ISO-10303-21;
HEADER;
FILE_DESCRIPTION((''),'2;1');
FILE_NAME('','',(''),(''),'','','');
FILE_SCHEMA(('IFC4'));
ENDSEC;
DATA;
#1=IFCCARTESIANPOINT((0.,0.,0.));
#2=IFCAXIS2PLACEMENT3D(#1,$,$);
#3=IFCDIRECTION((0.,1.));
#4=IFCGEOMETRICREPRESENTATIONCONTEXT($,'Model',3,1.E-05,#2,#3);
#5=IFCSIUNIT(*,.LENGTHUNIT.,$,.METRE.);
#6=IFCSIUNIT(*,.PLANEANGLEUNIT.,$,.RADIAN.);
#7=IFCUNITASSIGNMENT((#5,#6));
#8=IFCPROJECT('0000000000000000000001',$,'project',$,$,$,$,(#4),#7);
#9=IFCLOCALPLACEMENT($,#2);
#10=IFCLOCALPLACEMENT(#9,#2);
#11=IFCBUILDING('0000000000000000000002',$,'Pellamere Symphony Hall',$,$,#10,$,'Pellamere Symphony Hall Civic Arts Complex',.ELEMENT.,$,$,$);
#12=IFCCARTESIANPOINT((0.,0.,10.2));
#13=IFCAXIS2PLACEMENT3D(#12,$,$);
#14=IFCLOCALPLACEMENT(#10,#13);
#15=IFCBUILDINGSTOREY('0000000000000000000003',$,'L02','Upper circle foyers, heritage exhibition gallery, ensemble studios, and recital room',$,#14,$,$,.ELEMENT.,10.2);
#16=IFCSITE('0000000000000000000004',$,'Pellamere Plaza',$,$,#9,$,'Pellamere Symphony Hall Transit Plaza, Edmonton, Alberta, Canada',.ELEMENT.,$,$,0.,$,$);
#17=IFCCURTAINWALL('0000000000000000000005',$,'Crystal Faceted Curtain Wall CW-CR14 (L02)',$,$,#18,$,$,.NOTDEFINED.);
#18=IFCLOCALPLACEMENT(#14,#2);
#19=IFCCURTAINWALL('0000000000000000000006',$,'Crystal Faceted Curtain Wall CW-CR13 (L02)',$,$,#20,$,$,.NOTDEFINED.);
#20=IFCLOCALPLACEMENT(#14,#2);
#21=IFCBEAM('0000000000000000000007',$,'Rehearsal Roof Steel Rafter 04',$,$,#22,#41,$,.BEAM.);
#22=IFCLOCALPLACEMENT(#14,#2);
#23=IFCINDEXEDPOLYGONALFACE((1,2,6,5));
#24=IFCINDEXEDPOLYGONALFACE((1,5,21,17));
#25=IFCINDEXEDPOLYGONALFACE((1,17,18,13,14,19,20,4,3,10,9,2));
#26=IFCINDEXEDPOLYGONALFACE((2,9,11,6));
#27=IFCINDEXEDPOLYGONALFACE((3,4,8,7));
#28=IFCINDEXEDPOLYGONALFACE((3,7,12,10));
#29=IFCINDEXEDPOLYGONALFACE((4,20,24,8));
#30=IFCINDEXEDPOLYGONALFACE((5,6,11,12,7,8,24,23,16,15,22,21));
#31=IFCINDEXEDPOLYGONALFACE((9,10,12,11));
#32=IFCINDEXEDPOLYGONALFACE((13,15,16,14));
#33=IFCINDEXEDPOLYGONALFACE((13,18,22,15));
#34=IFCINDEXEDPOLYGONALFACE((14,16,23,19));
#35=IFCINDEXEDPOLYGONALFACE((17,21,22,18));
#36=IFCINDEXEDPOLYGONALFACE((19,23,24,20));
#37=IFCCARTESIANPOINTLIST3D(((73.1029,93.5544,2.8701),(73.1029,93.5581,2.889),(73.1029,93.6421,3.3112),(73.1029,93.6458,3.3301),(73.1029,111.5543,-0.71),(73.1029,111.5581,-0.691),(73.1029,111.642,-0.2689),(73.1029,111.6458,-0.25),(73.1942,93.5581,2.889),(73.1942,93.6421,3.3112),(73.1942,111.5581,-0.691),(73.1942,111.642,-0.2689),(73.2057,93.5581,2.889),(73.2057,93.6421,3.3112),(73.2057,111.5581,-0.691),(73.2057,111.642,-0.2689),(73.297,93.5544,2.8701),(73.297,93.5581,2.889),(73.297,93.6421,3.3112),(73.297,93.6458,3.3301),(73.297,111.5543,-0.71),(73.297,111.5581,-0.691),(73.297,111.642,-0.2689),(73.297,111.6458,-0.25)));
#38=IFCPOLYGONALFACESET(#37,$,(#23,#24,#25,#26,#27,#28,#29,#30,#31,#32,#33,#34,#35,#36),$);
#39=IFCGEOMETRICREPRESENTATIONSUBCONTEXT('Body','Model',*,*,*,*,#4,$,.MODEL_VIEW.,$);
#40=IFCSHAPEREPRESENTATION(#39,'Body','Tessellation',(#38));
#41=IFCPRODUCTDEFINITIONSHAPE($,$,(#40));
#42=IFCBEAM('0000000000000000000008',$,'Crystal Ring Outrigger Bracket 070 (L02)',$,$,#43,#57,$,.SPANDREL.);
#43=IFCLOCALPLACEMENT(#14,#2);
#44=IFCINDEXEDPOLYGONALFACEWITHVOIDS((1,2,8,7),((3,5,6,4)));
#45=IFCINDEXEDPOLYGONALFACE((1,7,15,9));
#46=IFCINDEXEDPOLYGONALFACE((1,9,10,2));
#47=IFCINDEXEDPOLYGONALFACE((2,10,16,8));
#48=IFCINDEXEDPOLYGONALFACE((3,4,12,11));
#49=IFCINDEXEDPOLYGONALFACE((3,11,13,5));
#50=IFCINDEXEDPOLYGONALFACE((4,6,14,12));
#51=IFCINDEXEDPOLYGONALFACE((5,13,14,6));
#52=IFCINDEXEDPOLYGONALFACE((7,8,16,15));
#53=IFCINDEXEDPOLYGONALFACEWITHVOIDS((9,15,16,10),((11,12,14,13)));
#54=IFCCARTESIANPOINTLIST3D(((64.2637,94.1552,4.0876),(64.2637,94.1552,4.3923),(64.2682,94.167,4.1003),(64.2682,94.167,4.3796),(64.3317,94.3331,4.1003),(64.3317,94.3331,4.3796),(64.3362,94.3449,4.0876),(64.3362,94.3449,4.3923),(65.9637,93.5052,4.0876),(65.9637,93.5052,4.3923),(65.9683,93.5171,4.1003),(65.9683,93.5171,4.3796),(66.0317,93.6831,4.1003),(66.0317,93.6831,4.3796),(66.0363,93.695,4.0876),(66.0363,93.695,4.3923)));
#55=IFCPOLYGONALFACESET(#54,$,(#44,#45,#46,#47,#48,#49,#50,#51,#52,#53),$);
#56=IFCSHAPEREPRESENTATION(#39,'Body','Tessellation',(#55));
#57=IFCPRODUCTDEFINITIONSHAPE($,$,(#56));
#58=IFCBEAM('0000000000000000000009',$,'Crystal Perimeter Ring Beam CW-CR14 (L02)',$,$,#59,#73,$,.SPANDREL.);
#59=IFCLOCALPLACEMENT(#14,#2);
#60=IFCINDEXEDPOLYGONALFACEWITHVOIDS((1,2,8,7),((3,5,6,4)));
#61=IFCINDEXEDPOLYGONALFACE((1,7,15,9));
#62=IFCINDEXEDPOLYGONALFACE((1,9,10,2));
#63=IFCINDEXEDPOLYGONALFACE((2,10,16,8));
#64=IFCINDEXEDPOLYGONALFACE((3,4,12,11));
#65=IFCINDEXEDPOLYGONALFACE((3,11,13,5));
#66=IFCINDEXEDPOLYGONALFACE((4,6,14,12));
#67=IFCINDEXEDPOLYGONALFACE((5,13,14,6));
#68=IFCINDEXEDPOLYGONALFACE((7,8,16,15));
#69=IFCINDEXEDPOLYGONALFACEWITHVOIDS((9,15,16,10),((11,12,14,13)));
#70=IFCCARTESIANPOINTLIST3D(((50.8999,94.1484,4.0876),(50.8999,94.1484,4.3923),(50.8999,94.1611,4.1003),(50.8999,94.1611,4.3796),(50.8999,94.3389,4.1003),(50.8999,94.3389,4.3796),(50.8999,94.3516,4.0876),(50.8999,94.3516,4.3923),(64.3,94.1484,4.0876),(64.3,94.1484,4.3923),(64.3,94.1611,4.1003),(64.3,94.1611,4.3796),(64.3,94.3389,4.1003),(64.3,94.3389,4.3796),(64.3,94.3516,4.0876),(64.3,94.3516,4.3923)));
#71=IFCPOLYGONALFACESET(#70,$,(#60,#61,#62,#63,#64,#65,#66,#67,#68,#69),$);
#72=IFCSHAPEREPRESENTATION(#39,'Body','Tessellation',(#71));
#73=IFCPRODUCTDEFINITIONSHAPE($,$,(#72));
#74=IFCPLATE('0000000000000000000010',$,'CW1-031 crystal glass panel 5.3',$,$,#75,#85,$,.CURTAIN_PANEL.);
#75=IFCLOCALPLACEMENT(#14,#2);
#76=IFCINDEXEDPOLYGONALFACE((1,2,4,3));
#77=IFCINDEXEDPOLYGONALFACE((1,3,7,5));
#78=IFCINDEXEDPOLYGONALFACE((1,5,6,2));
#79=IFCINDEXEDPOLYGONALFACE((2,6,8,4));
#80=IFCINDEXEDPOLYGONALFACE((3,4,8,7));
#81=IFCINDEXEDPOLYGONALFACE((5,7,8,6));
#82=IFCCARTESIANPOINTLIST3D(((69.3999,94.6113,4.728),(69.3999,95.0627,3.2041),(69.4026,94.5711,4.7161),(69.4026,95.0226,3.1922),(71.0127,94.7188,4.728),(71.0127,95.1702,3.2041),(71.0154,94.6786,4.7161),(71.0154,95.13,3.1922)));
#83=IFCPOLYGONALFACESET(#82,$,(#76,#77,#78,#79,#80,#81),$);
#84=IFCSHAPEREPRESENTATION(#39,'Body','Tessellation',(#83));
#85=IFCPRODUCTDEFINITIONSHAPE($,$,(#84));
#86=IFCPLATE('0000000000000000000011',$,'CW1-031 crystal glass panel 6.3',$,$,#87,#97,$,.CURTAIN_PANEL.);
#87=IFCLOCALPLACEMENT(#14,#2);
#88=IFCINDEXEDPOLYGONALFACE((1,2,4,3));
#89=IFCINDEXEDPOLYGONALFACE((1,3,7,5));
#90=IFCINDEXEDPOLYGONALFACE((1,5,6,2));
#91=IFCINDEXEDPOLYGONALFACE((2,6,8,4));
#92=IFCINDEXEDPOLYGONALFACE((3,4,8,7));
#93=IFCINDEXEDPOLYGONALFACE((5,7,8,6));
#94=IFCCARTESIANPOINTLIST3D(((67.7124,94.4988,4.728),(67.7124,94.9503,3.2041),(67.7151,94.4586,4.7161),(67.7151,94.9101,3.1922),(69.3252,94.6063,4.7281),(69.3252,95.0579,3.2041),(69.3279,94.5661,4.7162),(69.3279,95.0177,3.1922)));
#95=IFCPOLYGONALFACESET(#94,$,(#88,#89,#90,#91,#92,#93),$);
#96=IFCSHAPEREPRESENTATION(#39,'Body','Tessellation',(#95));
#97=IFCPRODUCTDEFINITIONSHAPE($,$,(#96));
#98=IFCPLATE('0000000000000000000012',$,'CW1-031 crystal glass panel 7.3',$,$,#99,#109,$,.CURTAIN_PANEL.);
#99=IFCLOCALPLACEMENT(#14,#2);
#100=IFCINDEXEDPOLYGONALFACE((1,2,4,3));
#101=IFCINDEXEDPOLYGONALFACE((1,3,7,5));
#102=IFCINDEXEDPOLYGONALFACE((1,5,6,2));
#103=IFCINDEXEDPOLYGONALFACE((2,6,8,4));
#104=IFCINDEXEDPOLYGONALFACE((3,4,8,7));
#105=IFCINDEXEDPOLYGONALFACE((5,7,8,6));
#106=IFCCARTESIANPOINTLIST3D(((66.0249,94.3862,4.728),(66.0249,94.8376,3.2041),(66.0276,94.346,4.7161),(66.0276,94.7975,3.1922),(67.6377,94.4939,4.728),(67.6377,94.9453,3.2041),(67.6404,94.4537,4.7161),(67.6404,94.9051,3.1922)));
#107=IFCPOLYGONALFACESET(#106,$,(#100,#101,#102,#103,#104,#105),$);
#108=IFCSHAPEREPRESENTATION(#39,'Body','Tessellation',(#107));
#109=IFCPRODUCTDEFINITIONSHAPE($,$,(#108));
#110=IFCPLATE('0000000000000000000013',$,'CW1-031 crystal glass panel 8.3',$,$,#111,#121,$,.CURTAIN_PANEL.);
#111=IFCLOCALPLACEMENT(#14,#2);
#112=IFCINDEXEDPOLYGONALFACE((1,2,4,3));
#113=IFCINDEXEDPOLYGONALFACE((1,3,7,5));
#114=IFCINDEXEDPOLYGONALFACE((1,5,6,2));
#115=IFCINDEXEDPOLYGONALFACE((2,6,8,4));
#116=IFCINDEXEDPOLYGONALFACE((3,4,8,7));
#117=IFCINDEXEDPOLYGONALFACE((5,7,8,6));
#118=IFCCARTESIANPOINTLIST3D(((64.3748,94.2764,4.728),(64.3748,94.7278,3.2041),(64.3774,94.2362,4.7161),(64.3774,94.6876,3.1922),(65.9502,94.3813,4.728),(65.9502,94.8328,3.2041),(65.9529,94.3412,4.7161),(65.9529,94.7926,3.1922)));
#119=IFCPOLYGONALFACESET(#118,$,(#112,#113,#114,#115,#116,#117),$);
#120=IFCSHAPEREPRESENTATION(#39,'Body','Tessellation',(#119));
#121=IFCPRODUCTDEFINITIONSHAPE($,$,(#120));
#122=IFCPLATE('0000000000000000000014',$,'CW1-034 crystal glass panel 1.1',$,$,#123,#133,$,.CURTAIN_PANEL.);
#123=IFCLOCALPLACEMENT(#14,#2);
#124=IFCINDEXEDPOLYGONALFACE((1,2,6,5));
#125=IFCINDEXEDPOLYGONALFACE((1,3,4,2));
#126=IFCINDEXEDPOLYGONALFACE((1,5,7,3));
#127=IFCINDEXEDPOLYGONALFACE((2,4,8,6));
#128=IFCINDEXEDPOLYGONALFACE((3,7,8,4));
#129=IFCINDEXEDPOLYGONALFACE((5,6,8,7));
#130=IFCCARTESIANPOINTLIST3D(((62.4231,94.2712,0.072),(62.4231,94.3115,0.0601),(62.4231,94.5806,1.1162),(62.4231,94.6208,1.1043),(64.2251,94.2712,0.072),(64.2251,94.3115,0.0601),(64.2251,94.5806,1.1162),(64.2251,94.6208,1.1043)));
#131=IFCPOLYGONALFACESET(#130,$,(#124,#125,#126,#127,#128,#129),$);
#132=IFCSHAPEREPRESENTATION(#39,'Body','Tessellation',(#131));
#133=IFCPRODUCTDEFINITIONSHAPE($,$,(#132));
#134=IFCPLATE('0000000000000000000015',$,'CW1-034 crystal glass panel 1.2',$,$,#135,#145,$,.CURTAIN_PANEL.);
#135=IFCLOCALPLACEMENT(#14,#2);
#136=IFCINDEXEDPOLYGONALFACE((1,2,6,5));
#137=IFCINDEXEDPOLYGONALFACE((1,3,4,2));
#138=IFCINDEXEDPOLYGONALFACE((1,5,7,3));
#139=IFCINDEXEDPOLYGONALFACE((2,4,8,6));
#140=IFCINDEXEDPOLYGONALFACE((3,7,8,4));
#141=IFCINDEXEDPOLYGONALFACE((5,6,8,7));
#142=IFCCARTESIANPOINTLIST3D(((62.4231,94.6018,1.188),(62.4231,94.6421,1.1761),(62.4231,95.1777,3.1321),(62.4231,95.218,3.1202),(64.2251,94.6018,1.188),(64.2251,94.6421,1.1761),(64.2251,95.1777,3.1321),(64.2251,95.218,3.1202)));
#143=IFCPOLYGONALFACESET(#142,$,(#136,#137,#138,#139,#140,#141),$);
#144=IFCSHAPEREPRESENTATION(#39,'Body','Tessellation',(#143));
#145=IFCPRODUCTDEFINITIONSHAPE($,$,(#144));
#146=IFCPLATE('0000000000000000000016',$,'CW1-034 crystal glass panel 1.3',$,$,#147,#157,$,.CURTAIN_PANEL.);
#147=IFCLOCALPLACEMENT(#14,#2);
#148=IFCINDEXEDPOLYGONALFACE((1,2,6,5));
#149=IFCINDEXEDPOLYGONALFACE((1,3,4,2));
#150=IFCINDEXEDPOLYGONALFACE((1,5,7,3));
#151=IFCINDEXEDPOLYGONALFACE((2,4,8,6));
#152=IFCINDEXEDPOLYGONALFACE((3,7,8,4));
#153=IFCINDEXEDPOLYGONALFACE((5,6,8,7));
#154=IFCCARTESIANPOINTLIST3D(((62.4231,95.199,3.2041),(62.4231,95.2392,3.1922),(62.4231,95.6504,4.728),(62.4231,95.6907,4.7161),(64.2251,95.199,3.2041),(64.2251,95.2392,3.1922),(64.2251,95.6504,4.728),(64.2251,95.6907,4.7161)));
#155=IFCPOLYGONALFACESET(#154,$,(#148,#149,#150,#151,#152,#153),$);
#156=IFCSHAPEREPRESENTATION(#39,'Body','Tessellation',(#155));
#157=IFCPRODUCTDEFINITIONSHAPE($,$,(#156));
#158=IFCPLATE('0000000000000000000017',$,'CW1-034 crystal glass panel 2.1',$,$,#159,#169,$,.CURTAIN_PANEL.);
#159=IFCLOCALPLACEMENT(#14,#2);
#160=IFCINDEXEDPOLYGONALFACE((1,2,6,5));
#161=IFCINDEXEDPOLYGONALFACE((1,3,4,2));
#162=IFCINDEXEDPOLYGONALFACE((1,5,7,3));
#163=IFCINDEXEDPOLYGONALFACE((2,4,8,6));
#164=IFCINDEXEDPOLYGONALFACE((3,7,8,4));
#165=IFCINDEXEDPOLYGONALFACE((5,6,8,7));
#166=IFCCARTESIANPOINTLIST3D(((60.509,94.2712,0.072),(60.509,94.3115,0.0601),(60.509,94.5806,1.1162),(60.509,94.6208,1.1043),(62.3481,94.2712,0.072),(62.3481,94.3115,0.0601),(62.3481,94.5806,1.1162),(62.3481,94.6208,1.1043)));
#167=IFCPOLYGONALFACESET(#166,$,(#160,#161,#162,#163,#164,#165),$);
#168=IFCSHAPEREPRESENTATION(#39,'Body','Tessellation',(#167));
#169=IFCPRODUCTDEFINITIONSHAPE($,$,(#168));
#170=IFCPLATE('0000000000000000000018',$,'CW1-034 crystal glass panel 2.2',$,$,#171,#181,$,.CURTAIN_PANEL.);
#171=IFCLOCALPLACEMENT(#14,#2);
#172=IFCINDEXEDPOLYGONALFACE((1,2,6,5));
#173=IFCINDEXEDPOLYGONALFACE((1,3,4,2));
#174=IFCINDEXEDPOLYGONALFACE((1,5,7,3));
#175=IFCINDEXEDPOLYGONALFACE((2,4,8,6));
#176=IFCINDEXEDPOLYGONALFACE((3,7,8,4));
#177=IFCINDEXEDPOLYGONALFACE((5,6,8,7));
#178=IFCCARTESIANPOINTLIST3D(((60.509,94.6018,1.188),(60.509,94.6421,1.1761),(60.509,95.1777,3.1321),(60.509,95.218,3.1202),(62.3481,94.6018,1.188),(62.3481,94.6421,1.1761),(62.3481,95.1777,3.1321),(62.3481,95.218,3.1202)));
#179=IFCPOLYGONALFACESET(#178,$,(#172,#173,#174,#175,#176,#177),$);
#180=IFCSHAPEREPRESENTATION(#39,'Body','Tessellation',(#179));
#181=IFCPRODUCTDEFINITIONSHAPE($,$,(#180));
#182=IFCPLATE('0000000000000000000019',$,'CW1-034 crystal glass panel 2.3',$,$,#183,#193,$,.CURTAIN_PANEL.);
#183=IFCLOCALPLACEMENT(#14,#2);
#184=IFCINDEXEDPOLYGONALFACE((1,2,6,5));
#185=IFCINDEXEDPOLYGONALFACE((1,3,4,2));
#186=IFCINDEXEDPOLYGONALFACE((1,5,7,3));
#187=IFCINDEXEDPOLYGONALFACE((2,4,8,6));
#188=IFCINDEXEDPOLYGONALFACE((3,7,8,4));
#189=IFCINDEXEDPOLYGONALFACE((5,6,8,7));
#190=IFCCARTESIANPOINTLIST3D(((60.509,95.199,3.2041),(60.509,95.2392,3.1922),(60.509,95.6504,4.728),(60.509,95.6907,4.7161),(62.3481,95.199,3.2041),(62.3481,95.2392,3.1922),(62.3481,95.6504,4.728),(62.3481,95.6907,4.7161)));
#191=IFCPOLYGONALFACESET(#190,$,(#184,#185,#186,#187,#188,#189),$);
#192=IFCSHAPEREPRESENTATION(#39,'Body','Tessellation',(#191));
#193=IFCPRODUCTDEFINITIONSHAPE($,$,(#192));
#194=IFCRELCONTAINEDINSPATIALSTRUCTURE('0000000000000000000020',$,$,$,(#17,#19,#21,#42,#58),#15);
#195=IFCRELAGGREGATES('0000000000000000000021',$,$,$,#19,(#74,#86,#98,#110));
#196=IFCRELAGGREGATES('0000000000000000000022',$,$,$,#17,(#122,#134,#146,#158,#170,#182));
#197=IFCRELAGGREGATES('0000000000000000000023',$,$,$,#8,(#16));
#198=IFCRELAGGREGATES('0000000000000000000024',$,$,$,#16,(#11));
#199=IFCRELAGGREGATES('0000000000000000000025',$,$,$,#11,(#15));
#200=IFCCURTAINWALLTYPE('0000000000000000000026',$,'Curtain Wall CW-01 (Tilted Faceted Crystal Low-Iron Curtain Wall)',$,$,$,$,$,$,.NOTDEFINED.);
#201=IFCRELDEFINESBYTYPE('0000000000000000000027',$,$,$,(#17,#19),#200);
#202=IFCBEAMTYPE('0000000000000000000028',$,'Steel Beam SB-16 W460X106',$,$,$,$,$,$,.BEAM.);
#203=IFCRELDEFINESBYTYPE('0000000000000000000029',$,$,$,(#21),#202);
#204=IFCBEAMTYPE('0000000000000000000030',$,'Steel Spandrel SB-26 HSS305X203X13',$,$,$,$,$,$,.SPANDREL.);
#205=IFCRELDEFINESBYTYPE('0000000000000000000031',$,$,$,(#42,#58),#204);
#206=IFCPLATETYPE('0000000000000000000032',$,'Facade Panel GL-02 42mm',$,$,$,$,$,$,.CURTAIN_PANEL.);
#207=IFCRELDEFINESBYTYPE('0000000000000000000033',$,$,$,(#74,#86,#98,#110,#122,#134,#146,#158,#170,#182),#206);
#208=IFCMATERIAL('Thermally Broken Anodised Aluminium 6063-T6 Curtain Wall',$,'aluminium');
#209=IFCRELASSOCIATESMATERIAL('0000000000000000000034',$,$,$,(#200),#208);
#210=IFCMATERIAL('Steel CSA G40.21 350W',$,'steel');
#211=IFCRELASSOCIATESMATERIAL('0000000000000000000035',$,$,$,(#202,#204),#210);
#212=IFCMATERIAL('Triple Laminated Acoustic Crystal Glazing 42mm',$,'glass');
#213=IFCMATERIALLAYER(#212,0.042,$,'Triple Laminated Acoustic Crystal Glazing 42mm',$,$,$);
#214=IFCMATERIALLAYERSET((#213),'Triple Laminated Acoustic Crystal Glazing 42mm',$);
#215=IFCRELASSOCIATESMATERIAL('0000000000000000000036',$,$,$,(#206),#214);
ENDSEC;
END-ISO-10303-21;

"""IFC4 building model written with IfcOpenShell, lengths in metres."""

from ifc_helpers import new_model, si_unit, direction, frame, origin, origin_2d, place, context, subcontext, project, spatial, polyline, hollow_rectangle, i_section, outline, extrude, material, layer, layer_set, material_profile, profile_set, type_object, element, aggregate, save


model = new_model("IFC4")

# Units and contexts
model_context = context("Model", 3, precision=1e-05, world=origin(), true_north=direction((0.0, 1.0)))
body_context = subcontext(model_context, "Body", "Model", "MODEL_VIEW")
ifc_project = project(units=[si_unit("LENGTHUNIT", "METRE"), si_unit("PLANEANGLEUNIT", "RADIAN")], contexts=[model_context])

# Site, building, storey
site_placement = place(None, origin())
site = spatial("IfcSite", under=ifc_project, at=site_placement, Name="Pellamere Plaza", LongName="Pellamere Symphony Hall Transit Plaza, Edmonton, Alberta, Canada", CompositionType="ELEMENT", RefElevation=0.0)
building_placement = place(site_placement, origin())
building = spatial("IfcBuilding", under=site, at=building_placement, Name="Pellamere Symphony Hall", LongName="Pellamere Symphony Hall Civic Arts Complex", CompositionType="ELEMENT")
storey_placement = place(building_placement, frame((0.0, 0.0, 10.2)))
storey = spatial("IfcBuildingStorey", under=building, at=storey_placement, Name="L02", Description="Upper circle foyers, heritage exhibition gallery, ensemble studios, and recital room", CompositionType="ELEMENT", Elevation=10.2)

# Curtain walls
ifc_material_1 = material(Name="Thermally Broken Anodised Aluminium 6063-T6 Curtain Wall", Category="aluminium")
curtain_wall_type = type_object("IfcCurtainWallType", Name="Curtain Wall CW-01 (Tilted Faceted Crystal Low-Iron Curtain Wall)", PredefinedType="NOTDEFINED", material=ifc_material_1)
curtain_wall_1_placement = place(storey_placement, origin())
curtain_wall_1 = element("IfcCurtainWall", 1, at=curtain_wall_1_placement, inside=storey, type_object=curtain_wall_type, Name="Crystal Faceted Curtain Wall CW-CR14 (L02)", PredefinedType="NOTDEFINED")
curtain_wall_2_placement = place(storey_placement, origin())
curtain_wall_2 = element("IfcCurtainWall", 2, at=curtain_wall_2_placement, inside=storey, type_object=curtain_wall_type, Name="Crystal Faceted Curtain Wall CW-CR13 (L02)", PredefinedType="NOTDEFINED")

# Beams
ifc_material_2 = material(Name="Steel CSA G40.21 350W", Category="steel")
ifc_material_profile_1 = material_profile(ifc_material_2, i_section(OverallWidth=0.1941, OverallDepth=0.469, WebThickness=0.0115, FlangeThickness=0.0193, at=origin_2d()), Name="W460X106")
ifc_profile_set_1 = profile_set([ifc_material_profile_1], Name="Steel CSA G40.21 350W")
beam_type_1 = type_object("IfcBeamType", Name="Steel Beam SB-16 W460X106", PredefinedType="BEAM", material=ifc_profile_set_1)
for number, where, z_axis, x_axis, name in (
    (3, (73.2, 93.6001, 3.1001), (0.0, 0.980789, -0.195072), (-1.0, 0.0, 0.0), "Rehearsal Roof Steel Rafter 04"),
):
    element("IfcBeam", number, at=place(storey_placement, frame(where, z_axis=z_axis, x_axis=x_axis)), inside=storey, type_object=beam_type_1, Name=name, PredefinedType="BEAM", context=body_context, shape_type="SweptSolid", body=[
        extrude(i_section(OverallWidth=0.1941, OverallDepth=0.469, WebThickness=0.0115, FlangeThickness=0.0193, at=origin_2d()), origin(), (0.0, 0.0, 1.0), 18.3525),
    ])
ifc_material_profile_2 = material_profile(ifc_material_2, hollow_rectangle(XDim=0.2031, YDim=0.3047, WallThickness=0.0127, at=origin_2d()), Name="HSS305X203X13")
ifc_profile_set_2 = profile_set([ifc_material_profile_2], Name="Steel CSA G40.21 350W")
beam_type_2 = type_object("IfcBeamType", Name="Steel Spandrel SB-26 HSS305X203X13", PredefinedType="SPANDREL", material=ifc_profile_set_2)
beam_1_placement = place(storey_placement, frame((66.0, 93.6001, 4.24), z_axis=(-0.934066, 0.3571, 0.0), x_axis=(-0.3571, -0.934066, 0.0)))
element("IfcBeam", 4, at=beam_1_placement, inside=storey, type_object=beam_type_2, Name="Crystal Ring Outrigger Bracket 070 (L02)", PredefinedType="SPANDREL", context=body_context, shape_type="SweptSolid", body=[
    extrude(hollow_rectangle(XDim=0.2031, YDim=0.3047, WallThickness=0.0127, at=origin_2d()), origin(), (0.0, 0.0, 1.0), 1.8201),
])
beam_2_placement = place(storey_placement, frame((64.3, 94.25, 4.24), z_axis=(-1.0, 0.0, 0.0), x_axis=(0.0, -1.0, 0.0)))
element("IfcBeam", 5, at=beam_2_placement, inside=storey, type_object=beam_type_2, Name="Crystal Perimeter Ring Beam CW-CR14 (L02)", PredefinedType="SPANDREL", context=body_context, shape_type="SweptSolid", body=[
    extrude(hollow_rectangle(XDim=0.2031, YDim=0.3047, WallThickness=0.0127, at=origin_2d()), origin(), (0.0, 0.0, 1.0), 13.4001),
])

# Plates
ifc_material_3 = material(Name="Triple Laminated Acoustic Crystal Glazing 42mm", Category="glass")
ifc_layer_1 = layer(ifc_material_3, 0.042, Name="Triple Laminated Acoustic Crystal Glazing 42mm")
ifc_layer_set_1 = layer_set([ifc_layer_1], Name="Triple Laminated Acoustic Crystal Glazing 42mm")
plate_type_1 = type_object("IfcPlateType", Name="Facade Panel GL-02 42mm", PredefinedType="CURTAIN_PANEL", material=ifc_layer_set_1)
plate_1_placement = place(storey_placement, frame((71.0127, 95.1702, 3.2041), z_axis=(-0.063733, 0.956869, 0.283443), x_axis=(-0.997789, -0.066459, 0.0)))
plate_1 = element("IfcPlate", 6, at=plate_1_placement, type_object=plate_type_1, Name="CW1-031 crystal glass panel 5.3", PredefinedType="CURTAIN_PANEL", context=body_context, shape_type="SweptSolid", body=[
    extrude(outline(polyline([(0.0, 0.0), (1.6164, 0.0), (1.6464, 1.5891), (0.03, 1.5891), (0.0, 0.0)])), origin(), (0.0, 0.0, -1.0), 0.042),
])
plate_2_placement = place(storey_placement, frame((69.3252, 95.0579, 3.2041), z_axis=(-0.063804, 0.956844, 0.283512), x_axis=(-0.997784, -0.06654, 0.00002)))
plate_2 = element("IfcPlate", 7, at=plate_2_placement, type_object=plate_type_1, Name="CW1-031 crystal glass panel 6.3", PredefinedType="CURTAIN_PANEL", context=body_context, shape_type="SweptSolid", body=[
    extrude(outline(polyline([(0.0, 0.0), (1.6164, 0.0), (1.6465, 1.5891), (0.0301, 1.5892), (0.0, 0.0)])), origin(), (0.0, 0.0, -1.0), 0.042),
])
plate_3_placement = place(storey_placement, frame((67.6377, 94.9453, 3.2041), z_axis=(-0.063878, 0.95686, 0.28344), x_axis=(-0.997779, -0.066609, 0.0)))
plate_3 = element("IfcPlate", 8, at=plate_3_placement, type_object=plate_type_1, Name="CW1-031 crystal glass panel 7.3", PredefinedType="CURTAIN_PANEL", context=body_context, shape_type="SweptSolid", body=[
    extrude(outline(polyline([(0.0, 0.0), (1.6164, 0.0), (1.6465, 1.5891), (0.0301, 1.5891), (0.0, 0.0)])), origin(), (0.0, 0.0, -1.0), 0.042),
])
plate_4_placement = place(storey_placement, frame((65.9502, 94.8328, 3.2041), z_axis=(-0.063761, 0.956867, 0.283442), x_axis=(-0.997787, -0.066488, 0.0)))
plate_4 = element("IfcPlate", 9, at=plate_4_placement, type_object=plate_type_1, Name="CW1-031 crystal glass panel 8.3", PredefinedType="CURTAIN_PANEL", context=body_context, shape_type="SweptSolid", body=[
    extrude(outline(polyline([(0.0, 0.0), (1.5789, 0.0), (1.6089, 1.5891), (0.03, 1.5891), (0.0, 0.0)])), origin(), (0.0, 0.0, -1.0), 0.042),
])
aggregate(curtain_wall_2, [plate_1, plate_2, plate_3, plate_4])
plate_5_placement = place(storey_placement, frame((64.2251, 94.2712, 0.072), z_axis=(0.0, -0.958814, 0.284035), x_axis=(-1.0, 0.0, 0.0)))
plate_5 = element("IfcPlate", 10, at=plate_5_placement, type_object=plate_type_1, Name="CW1-034 crystal glass panel 1.1", PredefinedType="CURTAIN_PANEL", context=body_context, shape_type="SweptSolid", body=[
    extrude(outline(polyline([(0.0, 0.0), (1.802, 0.0), (1.802, -1.089), (0.0, -1.089), (0.0, 0.0)])), origin(), (0.0, 0.0, -1.0), 0.042),
])
plate_6_placement = place(storey_placement, frame((64.2251, 94.6018, 1.188), z_axis=(0.0, -0.958811, 0.284043), x_axis=(-1.0, 0.0, 0.0)))
plate_6 = element("IfcPlate", 11, at=plate_6_placement, type_object=plate_type_1, Name="CW1-034 crystal glass panel 1.2", PredefinedType="CURTAIN_PANEL", context=body_context, shape_type="SweptSolid", body=[
    extrude(outline(polyline([(0.0, 0.0), (1.802, 0.0), (1.802, -2.0276), (0.0, -2.0276), (0.0, 0.0)])), origin(), (0.0, 0.0, -1.0), 0.042),
])
plate_7_placement = place(storey_placement, frame((64.2251, 95.199, 3.2041), z_axis=(0.0, -0.958818, 0.28402), x_axis=(-1.0, 0.0, 0.0)))
plate_7 = element("IfcPlate", 12, at=plate_7_placement, type_object=plate_type_1, Name="CW1-034 crystal glass panel 1.3", PredefinedType="CURTAIN_PANEL", context=body_context, shape_type="SweptSolid", body=[
    extrude(outline(polyline([(0.0, 0.0), (1.802, 0.0), (1.802, -1.5894), (0.0, -1.5894), (0.0, 0.0)])), origin(), (0.0, 0.0, -1.0), 0.042),
])
plate_8_placement = place(storey_placement, frame((62.3481, 94.2712, 0.072), z_axis=(0.0, -0.958814, 0.284035), x_axis=(-1.0, 0.0, 0.0)))
plate_8 = element("IfcPlate", 13, at=plate_8_placement, type_object=plate_type_1, Name="CW1-034 crystal glass panel 2.1", PredefinedType="CURTAIN_PANEL", context=body_context, shape_type="SweptSolid", body=[
    extrude(outline(polyline([(0.0, 0.0), (1.8391, 0.0), (1.8391, -1.089), (0.0, -1.089), (0.0, 0.0)])), origin(), (0.0, 0.0, -1.0), 0.042),
])
plate_9_placement = place(storey_placement, frame((62.3481, 94.6018, 1.188), z_axis=(0.0, -0.958811, 0.284043), x_axis=(-1.0, 0.0, 0.0)))
plate_9 = element("IfcPlate", 14, at=plate_9_placement, type_object=plate_type_1, Name="CW1-034 crystal glass panel 2.2", PredefinedType="CURTAIN_PANEL", context=body_context, shape_type="SweptSolid", body=[
    extrude(outline(polyline([(0.0, 0.0), (1.8391, 0.0), (1.8391, -2.0276), (0.0, -2.0276), (0.0, 0.0)])), origin(), (0.0, 0.0, -1.0), 0.042),
])
plate_10_placement = place(storey_placement, frame((62.3481, 95.199, 3.2041), z_axis=(0.0, -0.958818, 0.28402), x_axis=(-1.0, 0.0, 0.0)))
plate_10 = element("IfcPlate", 15, at=plate_10_placement, type_object=plate_type_1, Name="CW1-034 crystal glass panel 2.3", PredefinedType="CURTAIN_PANEL", context=body_context, shape_type="SweptSolid", body=[
    extrude(outline(polyline([(0.0, 0.0), (1.8391, 0.0), (1.8391, -1.5894), (0.0, -1.5894), (0.0, 0.0)])), origin(), (0.0, 0.0, -1.0), 0.042),
])
aggregate(curtain_wall_1, [plate_5, plate_6, plate_7, plate_8, plate_9, plate_10])

save(model, "model.ifc")
